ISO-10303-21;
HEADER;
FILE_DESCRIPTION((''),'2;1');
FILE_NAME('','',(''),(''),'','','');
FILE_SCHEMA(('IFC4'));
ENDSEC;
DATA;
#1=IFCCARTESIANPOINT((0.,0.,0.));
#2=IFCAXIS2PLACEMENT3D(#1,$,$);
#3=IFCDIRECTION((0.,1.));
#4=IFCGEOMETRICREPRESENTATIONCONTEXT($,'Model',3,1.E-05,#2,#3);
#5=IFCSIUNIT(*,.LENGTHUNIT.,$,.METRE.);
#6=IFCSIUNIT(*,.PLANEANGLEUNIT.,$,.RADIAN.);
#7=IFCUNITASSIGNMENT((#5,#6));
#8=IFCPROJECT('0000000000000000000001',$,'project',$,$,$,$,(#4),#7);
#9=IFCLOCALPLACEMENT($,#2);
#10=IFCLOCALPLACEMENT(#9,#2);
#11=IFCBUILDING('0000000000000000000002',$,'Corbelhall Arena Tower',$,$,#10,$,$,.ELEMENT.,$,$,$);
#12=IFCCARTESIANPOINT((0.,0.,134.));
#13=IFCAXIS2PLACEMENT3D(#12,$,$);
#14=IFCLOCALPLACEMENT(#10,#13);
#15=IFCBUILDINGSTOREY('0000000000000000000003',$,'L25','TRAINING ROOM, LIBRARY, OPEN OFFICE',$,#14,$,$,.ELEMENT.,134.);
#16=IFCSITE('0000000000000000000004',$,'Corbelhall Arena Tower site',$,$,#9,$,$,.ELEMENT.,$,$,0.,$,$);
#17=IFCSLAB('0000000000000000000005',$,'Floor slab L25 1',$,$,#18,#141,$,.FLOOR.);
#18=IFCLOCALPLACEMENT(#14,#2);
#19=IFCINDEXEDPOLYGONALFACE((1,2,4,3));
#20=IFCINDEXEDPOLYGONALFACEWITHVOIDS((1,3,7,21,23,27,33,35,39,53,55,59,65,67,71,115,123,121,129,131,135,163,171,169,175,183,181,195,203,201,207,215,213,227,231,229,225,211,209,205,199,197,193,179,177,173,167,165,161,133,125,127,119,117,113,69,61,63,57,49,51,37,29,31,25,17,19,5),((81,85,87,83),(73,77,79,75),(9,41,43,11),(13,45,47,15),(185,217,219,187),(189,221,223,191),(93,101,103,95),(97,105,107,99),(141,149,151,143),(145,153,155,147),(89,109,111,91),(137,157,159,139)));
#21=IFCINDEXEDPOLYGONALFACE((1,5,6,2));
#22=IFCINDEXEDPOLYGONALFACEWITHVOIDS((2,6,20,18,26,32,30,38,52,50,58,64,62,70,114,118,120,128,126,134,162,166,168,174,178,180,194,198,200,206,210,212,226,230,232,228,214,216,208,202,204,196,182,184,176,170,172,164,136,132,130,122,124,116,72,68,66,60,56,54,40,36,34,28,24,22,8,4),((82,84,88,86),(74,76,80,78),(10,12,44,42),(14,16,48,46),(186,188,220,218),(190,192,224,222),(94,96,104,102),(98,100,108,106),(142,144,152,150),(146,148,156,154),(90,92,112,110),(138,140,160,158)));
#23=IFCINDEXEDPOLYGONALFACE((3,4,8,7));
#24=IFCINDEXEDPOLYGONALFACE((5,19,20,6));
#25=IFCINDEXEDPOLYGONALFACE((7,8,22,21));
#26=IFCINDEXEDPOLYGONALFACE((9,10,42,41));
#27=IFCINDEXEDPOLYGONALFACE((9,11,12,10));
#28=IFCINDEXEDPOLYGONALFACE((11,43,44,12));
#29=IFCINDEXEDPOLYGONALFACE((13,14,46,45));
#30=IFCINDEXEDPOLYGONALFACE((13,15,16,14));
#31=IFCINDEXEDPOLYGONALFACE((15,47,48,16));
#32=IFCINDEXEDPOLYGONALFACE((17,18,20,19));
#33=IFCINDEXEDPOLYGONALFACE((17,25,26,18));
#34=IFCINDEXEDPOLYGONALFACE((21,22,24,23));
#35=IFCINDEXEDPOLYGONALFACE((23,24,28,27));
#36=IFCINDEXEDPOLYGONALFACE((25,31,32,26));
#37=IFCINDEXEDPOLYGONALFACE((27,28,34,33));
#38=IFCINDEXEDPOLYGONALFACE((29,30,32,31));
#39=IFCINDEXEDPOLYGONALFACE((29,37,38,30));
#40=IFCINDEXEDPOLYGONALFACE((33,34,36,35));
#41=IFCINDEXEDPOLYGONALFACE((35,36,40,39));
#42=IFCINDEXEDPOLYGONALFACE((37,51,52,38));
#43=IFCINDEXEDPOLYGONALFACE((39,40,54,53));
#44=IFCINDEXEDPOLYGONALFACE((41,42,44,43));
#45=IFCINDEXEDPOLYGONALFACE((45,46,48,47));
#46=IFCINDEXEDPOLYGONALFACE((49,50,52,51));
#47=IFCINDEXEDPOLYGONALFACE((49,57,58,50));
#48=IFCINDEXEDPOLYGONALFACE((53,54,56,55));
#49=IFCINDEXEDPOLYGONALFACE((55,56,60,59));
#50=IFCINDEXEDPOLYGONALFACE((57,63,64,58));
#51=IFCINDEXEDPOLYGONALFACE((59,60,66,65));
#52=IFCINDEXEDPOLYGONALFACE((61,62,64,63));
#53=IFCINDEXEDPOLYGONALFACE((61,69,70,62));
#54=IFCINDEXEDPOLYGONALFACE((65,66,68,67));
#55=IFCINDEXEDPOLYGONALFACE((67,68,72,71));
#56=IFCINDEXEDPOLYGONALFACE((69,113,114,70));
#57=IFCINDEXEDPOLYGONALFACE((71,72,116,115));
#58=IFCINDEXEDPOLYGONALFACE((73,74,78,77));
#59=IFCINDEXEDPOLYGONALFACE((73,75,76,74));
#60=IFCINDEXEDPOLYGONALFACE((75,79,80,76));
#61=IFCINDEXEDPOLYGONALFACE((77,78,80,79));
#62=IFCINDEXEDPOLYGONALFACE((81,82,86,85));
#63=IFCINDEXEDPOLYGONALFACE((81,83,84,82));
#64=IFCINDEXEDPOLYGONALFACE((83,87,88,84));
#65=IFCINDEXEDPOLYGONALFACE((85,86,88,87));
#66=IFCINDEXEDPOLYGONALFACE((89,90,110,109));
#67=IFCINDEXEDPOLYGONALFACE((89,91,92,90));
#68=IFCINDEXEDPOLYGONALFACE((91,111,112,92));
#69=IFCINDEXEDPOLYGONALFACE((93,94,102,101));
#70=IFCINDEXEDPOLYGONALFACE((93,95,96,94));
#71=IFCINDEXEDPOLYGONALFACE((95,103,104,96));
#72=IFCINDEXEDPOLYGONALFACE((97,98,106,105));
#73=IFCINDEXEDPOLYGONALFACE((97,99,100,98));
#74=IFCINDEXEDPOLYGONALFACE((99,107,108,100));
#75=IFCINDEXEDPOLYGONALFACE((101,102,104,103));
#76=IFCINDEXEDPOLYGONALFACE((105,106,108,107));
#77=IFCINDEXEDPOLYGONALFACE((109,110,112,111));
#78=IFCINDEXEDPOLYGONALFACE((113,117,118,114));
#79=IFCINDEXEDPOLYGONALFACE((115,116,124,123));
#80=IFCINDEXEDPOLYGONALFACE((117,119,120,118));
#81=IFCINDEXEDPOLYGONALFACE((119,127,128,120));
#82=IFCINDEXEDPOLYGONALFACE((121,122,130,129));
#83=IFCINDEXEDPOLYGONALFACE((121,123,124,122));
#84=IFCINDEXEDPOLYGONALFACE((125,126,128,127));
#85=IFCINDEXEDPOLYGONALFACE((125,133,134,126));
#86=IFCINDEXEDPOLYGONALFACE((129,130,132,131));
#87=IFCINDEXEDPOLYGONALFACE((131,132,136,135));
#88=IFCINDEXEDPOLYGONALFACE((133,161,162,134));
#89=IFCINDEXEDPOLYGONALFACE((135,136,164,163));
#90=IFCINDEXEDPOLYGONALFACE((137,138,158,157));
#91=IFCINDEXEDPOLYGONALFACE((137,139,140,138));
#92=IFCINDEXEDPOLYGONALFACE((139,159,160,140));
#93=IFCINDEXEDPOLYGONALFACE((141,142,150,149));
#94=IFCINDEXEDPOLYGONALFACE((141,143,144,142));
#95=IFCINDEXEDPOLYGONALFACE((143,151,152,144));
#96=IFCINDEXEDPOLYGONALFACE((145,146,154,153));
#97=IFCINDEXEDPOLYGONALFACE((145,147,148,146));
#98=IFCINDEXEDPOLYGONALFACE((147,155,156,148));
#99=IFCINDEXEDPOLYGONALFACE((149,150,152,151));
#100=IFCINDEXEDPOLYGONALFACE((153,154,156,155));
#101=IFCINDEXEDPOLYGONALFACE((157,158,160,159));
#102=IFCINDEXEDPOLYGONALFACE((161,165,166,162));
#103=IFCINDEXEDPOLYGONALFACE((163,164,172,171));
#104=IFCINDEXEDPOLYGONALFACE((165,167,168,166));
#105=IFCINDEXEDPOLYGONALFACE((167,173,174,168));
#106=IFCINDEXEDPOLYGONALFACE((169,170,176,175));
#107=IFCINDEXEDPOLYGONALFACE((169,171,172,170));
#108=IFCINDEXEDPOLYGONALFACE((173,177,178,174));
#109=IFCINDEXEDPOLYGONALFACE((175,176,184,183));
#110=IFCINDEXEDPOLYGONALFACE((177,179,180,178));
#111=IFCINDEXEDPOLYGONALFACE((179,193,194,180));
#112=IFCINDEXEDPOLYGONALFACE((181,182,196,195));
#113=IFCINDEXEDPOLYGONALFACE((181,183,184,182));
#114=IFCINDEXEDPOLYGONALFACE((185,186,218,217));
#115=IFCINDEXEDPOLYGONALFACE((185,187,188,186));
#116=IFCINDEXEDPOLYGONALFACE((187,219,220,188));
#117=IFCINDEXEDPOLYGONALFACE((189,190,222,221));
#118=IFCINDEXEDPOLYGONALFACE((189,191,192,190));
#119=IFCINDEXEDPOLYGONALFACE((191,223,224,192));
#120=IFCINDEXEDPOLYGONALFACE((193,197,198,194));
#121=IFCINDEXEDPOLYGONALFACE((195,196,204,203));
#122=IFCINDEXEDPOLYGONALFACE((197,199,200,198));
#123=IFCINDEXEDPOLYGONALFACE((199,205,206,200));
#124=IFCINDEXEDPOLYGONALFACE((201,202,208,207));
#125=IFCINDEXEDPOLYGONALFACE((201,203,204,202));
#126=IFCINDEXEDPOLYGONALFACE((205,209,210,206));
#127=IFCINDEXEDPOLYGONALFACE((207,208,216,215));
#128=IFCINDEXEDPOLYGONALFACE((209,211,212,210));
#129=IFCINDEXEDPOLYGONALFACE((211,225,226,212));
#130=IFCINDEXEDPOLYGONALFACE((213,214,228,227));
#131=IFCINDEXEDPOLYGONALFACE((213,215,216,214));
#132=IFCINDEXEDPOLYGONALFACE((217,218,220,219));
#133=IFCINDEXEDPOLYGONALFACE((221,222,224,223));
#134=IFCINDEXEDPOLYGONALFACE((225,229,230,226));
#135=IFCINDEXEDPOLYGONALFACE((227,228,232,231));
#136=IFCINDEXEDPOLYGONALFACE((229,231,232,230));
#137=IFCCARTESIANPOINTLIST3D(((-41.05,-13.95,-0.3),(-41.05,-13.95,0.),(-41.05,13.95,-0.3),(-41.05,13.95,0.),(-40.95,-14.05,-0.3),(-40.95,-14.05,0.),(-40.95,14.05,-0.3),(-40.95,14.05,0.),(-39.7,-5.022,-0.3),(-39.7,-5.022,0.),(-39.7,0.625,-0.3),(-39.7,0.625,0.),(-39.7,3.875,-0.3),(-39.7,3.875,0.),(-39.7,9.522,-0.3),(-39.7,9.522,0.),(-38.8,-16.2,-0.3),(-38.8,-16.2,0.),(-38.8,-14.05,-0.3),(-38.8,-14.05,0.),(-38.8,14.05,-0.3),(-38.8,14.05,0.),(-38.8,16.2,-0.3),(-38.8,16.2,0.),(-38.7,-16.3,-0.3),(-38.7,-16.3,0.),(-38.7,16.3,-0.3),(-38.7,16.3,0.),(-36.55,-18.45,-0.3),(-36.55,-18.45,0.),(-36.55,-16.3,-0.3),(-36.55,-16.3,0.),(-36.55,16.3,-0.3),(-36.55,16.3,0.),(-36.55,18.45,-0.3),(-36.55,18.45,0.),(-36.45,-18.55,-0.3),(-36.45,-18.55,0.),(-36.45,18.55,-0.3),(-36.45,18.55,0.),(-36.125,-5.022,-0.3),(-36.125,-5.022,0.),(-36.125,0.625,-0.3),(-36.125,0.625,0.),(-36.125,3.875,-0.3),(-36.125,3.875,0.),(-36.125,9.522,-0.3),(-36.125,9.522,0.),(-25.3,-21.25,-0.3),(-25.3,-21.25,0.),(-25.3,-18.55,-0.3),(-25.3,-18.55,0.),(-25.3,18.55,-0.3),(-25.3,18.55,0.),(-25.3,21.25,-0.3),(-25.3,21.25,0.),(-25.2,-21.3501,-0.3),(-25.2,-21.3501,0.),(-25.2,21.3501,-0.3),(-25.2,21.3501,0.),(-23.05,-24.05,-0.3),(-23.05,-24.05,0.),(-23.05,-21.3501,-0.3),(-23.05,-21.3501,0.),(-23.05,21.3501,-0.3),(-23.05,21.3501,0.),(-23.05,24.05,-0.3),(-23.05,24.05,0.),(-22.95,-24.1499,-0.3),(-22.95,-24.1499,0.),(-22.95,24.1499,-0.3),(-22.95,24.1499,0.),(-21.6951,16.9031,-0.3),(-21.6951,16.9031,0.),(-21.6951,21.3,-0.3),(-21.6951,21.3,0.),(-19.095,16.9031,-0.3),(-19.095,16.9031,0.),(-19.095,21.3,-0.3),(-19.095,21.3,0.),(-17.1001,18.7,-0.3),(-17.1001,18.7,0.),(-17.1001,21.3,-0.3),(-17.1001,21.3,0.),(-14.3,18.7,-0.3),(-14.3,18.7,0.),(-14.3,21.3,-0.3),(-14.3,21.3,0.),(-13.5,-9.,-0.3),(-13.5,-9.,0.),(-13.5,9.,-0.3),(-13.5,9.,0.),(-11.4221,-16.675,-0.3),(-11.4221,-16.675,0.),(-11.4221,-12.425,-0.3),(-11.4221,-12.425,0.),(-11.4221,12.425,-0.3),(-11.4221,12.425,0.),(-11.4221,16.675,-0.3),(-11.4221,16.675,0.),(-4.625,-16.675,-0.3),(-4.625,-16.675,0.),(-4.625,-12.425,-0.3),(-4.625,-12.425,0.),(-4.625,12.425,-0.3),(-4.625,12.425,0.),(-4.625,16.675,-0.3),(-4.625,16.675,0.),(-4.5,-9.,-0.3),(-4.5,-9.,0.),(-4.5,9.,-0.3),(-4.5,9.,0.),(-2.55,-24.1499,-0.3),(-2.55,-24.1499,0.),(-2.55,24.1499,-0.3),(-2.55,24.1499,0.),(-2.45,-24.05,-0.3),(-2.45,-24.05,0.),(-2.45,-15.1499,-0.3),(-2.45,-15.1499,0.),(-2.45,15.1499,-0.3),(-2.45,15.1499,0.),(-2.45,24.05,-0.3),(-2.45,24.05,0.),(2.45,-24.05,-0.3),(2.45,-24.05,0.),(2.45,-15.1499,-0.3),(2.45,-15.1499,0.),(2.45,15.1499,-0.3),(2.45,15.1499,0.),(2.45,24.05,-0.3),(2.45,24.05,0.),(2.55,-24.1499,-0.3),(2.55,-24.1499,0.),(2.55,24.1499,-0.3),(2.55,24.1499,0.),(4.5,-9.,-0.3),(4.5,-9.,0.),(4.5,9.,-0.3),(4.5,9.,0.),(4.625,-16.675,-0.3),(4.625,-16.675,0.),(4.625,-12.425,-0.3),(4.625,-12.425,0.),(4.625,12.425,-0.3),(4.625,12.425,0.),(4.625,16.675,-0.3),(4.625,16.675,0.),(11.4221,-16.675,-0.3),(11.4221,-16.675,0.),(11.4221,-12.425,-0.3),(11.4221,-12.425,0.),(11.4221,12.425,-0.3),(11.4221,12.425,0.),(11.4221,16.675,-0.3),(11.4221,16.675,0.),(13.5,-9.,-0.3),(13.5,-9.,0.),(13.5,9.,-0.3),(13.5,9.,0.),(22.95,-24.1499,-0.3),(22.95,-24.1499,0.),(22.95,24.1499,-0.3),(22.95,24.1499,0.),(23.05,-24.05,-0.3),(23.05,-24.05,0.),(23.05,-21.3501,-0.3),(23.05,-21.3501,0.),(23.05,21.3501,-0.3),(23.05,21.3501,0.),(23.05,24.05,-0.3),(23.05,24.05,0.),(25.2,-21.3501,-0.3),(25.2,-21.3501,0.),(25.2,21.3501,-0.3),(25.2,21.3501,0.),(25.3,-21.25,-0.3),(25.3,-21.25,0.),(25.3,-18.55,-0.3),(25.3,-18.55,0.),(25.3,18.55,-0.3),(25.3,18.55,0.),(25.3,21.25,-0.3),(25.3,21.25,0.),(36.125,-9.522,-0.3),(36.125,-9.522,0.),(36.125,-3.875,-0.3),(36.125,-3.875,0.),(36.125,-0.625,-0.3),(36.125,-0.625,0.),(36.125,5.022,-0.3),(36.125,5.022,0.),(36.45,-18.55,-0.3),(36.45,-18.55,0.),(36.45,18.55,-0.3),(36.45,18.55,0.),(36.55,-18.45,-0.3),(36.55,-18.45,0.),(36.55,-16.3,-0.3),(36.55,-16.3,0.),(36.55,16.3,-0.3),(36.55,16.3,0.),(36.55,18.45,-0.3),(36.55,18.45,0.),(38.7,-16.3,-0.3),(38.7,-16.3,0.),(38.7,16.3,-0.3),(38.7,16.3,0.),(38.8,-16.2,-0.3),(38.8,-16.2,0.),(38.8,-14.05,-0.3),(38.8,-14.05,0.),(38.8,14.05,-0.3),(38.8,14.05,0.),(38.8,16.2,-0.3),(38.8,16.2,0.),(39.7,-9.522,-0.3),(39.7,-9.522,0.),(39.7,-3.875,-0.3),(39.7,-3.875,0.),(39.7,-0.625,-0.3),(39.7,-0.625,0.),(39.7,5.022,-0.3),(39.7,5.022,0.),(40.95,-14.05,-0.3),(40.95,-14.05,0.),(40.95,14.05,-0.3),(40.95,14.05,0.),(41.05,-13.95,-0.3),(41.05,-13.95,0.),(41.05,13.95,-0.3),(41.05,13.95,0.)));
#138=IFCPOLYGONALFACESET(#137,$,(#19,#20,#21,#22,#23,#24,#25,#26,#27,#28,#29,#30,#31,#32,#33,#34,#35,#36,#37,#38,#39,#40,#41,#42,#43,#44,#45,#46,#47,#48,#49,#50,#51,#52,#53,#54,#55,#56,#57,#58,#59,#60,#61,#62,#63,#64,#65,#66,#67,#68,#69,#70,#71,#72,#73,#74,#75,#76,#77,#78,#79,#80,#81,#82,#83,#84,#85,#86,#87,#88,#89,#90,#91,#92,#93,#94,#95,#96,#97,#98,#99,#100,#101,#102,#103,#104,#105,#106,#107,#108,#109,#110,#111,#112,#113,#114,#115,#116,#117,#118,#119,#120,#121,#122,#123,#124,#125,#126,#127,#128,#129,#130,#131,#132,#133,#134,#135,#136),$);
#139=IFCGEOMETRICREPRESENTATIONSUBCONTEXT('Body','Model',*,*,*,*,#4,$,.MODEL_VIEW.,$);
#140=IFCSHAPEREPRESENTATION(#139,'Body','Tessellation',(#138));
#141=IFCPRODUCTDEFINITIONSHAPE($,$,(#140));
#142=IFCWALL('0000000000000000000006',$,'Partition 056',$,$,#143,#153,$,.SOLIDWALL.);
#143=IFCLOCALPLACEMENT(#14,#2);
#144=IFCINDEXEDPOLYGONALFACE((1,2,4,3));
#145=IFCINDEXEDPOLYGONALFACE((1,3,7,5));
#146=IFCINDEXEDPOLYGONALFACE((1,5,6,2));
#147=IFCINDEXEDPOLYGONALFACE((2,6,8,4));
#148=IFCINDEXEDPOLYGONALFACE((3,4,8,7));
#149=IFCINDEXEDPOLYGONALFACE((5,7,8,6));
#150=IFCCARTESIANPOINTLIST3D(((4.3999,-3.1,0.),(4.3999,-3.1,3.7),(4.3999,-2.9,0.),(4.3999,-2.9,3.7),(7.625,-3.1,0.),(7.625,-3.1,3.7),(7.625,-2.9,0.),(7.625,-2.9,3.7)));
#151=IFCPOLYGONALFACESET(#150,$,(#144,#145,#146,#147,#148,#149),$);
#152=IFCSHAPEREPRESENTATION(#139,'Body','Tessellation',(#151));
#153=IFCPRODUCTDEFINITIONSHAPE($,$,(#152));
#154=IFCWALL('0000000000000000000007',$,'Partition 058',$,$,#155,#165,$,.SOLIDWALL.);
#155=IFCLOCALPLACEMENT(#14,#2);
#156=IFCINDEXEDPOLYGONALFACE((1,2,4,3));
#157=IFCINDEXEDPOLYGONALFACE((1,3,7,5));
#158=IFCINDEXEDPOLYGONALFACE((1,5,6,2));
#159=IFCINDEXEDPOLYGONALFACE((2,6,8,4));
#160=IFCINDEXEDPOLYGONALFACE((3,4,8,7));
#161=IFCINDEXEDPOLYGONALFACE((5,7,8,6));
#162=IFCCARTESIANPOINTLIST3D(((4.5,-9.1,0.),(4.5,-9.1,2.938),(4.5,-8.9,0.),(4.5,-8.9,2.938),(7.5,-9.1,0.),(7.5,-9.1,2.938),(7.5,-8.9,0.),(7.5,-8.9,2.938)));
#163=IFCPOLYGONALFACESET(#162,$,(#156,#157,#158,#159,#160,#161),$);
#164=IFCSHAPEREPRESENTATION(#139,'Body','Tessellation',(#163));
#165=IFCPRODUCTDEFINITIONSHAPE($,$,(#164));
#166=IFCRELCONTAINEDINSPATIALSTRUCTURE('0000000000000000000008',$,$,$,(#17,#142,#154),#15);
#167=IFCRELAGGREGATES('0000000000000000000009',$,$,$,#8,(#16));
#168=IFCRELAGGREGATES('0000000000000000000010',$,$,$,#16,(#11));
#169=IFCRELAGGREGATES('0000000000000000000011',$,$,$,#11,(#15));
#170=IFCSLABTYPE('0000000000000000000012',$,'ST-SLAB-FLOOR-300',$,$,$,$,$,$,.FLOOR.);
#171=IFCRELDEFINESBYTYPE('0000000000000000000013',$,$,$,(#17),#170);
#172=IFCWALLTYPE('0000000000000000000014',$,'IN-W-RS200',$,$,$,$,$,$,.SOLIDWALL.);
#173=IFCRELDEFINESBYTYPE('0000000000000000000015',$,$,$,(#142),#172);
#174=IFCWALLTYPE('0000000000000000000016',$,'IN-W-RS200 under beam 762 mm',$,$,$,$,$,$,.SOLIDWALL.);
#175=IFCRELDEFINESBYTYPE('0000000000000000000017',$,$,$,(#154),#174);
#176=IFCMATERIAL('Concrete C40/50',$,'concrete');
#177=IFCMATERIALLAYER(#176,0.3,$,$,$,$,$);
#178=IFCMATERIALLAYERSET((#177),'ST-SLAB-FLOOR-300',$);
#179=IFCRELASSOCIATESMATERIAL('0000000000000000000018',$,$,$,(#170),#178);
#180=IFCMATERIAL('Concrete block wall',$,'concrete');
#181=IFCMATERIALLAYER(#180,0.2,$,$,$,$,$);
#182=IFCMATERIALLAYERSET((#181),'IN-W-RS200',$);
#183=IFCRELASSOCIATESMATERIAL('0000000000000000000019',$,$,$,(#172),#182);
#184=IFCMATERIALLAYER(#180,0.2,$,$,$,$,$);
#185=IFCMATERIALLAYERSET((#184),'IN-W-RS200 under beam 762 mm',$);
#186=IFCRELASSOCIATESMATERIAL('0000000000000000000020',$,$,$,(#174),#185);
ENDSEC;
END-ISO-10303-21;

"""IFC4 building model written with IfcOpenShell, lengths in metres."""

from ifc_helpers import new_model, si_unit, direction, frame, frame_2d, origin, place, context, subcontext, project, spatial, polyline, rectangle, outline, extrude, material, layer, layer_set, type_object, element, save


model = new_model("IFC4")

# Units and contexts
model_context = context("Model", 3, precision=1e-05, world=origin(), true_north=direction((0.0, 1.0)))
body_context = subcontext(model_context, "Body", "Model", "MODEL_VIEW")
ifc_project = project(units=[si_unit("LENGTHUNIT", "METRE"), si_unit("PLANEANGLEUNIT", "RADIAN")], contexts=[model_context])

# Site, building, storey
site_placement = place(None, origin())
site = spatial("IfcSite", under=ifc_project, at=site_placement, Name="Corbelhall Arena Tower site", CompositionType="ELEMENT", RefElevation=0.0)
building_placement = place(site_placement, origin())
building = spatial("IfcBuilding", under=site, at=building_placement, Name="Corbelhall Arena Tower", CompositionType="ELEMENT")
storey_placement = place(building_placement, frame((0.0, 0.0, 134.0)))
storey = spatial("IfcBuildingStorey", under=building, at=storey_placement, Name="L25", Description="TRAINING ROOM, LIBRARY, OPEN OFFICE", CompositionType="ELEMENT", Elevation=134.0)

# Shared definitions
ifc_material_1 = material(Name="Concrete C40/50", Category="concrete")

# Slab
ifc_layer_1 = layer(ifc_material_1, 0.3)
ifc_layer_set_1 = layer_set([ifc_layer_1], Name="ST-SLAB-FLOOR-300")
slab_type_1 = type_object("IfcSlabType", Name="ST-SLAB-FLOOR-300", PredefinedType="FLOOR", material=ifc_layer_set_1)
slab_1_placement = place(storey_placement, frame((0.0, 0.0, -0.3)))
element("IfcSlab", 1, at=slab_1_placement, inside=storey, type_object=slab_type_1, Name="Floor slab L25 1", PredefinedType="FLOOR", context=body_context, shape_type="SweptSolid", body=[
    extrude(outline(polyline([(25.3, 18.55), (25.3, 21.25), (25.2, 21.3501), (23.05, 21.3501), (23.05, 24.05), (22.95, 24.1499), (2.55, 24.1499), (2.45, 24.05), (2.45, 15.1499), (-2.45, 15.1499), (-2.45, 24.05), (-2.55, 24.1499), (-22.95, 24.1499), (-23.05, 24.05), (-23.05, 21.3501), (-25.2, 21.3501), (-25.3, 21.25), (-25.3, 18.55), (-36.45, 18.55), (-36.55, 18.45), (-36.55, 16.3), (-38.7, 16.3), (-38.8, 16.2), (-38.8, 14.05), (-40.95, 14.05), (-41.05, 13.95), (-41.05, -13.95), (-40.95, -14.05), (-38.8, -14.05), (-38.8, -16.2), (-38.7, -16.3), (-36.55, -16.3), (-36.55, -18.45), (-36.45, -18.55), (-25.3, -18.55), (-25.3, -21.25), (-25.2, -21.3501), (-23.05, -21.3501), (-23.05, -24.05), (-22.95, -24.1499), (-2.55, -24.1499), (-2.45, -24.05), (-2.45, -15.1499), (2.45, -15.1499), (2.45, -24.05), (2.55, -24.1499), (22.95, -24.1499), (23.05, -24.05), (23.05, -21.3501), (25.2, -21.3501), (25.3, -21.25), (25.3, -18.55), (36.45, -18.55), (36.55, -18.45), (36.55, -16.3), (38.7, -16.3), (38.8, -16.2), (38.8, -14.05), (40.95, -14.05), (41.05, -13.95), (41.05, 13.95), (40.95, 14.05), (38.8, 14.05), (38.8, 16.2), (38.7, 16.3), (36.55, 16.3), (36.55, 18.45), (36.45, 18.55), (25.3, 18.55)]), holes=[polyline([(-13.5, 9.0), (-13.5, -9.0), (-4.5, -9.0), (-4.5, 9.0), (-13.5, 9.0)]), polyline([(4.5, 9.0), (4.5, -9.0), (13.5, -9.0), (13.5, 9.0), (4.5, 9.0)]), polyline([(-4.625, 16.675), (-11.4221, 16.675), (-11.4221, 12.425), (-4.625, 12.425), (-4.625, 16.675)]), polyline([(-4.625, -16.675), (-4.625, -12.425), (-11.4221, -12.425), (-11.4221, -16.675), (-4.625, -16.675)]), polyline([(11.4221, 16.675), (4.625, 16.675), (4.625, 12.425), (11.4221, 12.425), (11.4221, 16.675)]), polyline([(11.4221, -16.675), (11.4221, -12.425), (4.625, -12.425), (4.625, -16.675), (11.4221, -16.675)]), polyline([(-36.125, 3.875), (-36.125, 9.522), (-39.7, 9.522), (-39.7, 3.875), (-36.125, 3.875)]), polyline([(-36.125, 0.625), (-39.7, 0.625), (-39.7, -5.022), (-36.125, -5.022), (-36.125, 0.625)]), polyline([(39.7, -9.522), (39.7, -3.875), (36.125, -3.875), (36.125, -9.522), (39.7, -9.522)]), polyline([(39.7, 5.022), (36.125, 5.022), (36.125, -0.625), (39.7, -0.625), (39.7, 5.022)]), polyline([(-21.6951, 21.3), (-21.6951, 16.9031), (-19.095, 16.9031), (-19.095, 21.3), (-21.6951, 21.3)]), polyline([(-14.3, 21.3), (-17.1001, 21.3), (-17.1001, 18.7), (-14.3, 18.7), (-14.3, 21.3)])]), origin(), (0.0, 0.0, 1.0), 0.3),
])

# Wall
ifc_material_2 = material(Name="Concrete block wall", Category="concrete")
ifc_layer_2 = layer(ifc_material_2, 0.2)
ifc_layer_set_2 = layer_set([ifc_layer_2], Name="IN-W-RS200")
wall_type_1 = type_object("IfcWallType", Name="IN-W-RS200", PredefinedType="SOLIDWALL", material=ifc_layer_set_2)
wall_1_placement = place(storey_placement, frame((4.3999, -3.0, 0.0), z_axis=(0.0, 0.0, 1.0), x_axis=(1.0, 0.0, 0.0)))
element("IfcWall", 2, at=wall_1_placement, inside=storey, type_object=wall_type_1, Name="Partition 056", PredefinedType="SOLIDWALL", context=body_context, shape_type="SweptSolid", body=[
    extrude(rectangle(XDim=3.2251, YDim=0.2, at=frame_2d((1.6125, 0.0))), origin(), (0.0, 0.0, 1.0), 3.7),
])

# Shared definitions
ifc_layer_3 = layer(ifc_material_2, 0.2)
ifc_layer_set_3 = layer_set([ifc_layer_3], Name="IN-W-RS200 under beam 762 mm")
wall_type_2 = type_object("IfcWallType", Name="IN-W-RS200 under beam 762 mm", PredefinedType="SOLIDWALL", material=ifc_layer_set_3)

# Wall
wall_2_placement = place(storey_placement, frame((7.5, -9.0, 0.0), z_axis=(0.0, 0.0, 1.0), x_axis=(-1.0, 0.0, 0.0)))
element("IfcWall", 3, at=wall_2_placement, inside=storey, type_object=wall_type_2, Name="Partition 058", PredefinedType="SOLIDWALL", context=body_context, shape_type="SweptSolid", body=[
    extrude(rectangle(XDim=3.0, YDim=0.2, at=frame_2d((1.5, 0.0))), origin(), (0.0, 0.0, 1.0), 2.938),
])

save(model, "model.ifc")
